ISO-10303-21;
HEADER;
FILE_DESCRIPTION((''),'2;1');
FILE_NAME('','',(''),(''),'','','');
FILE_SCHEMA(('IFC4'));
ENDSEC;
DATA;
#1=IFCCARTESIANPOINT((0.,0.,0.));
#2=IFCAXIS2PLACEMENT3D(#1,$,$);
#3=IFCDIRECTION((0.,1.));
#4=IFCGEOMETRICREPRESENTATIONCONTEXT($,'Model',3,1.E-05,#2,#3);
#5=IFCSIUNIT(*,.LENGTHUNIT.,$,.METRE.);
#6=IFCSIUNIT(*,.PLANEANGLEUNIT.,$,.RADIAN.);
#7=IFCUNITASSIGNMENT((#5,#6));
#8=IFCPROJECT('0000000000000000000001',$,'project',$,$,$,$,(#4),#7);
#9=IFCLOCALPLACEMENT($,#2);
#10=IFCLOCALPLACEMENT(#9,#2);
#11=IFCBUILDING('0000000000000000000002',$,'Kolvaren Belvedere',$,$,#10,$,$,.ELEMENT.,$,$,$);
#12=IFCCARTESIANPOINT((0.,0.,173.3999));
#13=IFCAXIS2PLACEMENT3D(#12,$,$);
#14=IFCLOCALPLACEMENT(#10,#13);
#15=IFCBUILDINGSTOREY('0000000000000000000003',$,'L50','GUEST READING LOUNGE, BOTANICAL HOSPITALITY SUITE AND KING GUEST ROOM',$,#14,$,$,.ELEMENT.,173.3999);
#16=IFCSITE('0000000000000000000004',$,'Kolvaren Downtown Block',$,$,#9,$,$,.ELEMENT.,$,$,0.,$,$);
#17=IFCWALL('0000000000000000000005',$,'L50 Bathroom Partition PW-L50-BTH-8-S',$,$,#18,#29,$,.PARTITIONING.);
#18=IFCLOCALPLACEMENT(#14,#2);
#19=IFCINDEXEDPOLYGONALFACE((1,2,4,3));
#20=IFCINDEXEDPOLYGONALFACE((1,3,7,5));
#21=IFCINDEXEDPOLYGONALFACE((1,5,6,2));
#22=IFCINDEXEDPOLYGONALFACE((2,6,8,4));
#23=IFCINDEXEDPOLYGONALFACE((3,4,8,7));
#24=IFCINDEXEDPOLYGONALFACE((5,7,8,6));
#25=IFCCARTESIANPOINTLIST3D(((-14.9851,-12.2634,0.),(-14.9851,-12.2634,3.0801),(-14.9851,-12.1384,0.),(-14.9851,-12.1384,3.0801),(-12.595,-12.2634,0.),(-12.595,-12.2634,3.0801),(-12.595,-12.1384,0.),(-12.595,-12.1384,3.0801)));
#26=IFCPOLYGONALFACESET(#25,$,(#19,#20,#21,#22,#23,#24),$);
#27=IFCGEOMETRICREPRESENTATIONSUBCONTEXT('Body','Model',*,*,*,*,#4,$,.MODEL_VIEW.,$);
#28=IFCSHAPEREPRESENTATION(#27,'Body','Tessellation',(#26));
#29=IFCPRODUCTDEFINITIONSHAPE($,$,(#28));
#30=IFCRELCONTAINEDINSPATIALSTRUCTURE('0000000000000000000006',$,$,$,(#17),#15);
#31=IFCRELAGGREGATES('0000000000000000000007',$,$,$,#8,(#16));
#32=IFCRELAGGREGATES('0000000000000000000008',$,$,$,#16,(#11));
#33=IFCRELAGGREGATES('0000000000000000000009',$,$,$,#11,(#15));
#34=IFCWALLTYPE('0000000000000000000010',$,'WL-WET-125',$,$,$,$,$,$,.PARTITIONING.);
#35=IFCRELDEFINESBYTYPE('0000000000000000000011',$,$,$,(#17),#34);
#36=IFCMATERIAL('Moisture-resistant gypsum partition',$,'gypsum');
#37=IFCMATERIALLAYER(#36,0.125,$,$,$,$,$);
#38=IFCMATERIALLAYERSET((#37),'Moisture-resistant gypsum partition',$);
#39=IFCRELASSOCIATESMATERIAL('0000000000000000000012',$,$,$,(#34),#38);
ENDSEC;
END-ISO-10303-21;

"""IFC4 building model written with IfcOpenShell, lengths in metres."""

from ifc_helpers import new_model, si_unit, direction, frame, frame_2d, origin, place, context, subcontext, project, spatial, rectangle, extrude, material, layer, layer_set, type_object, element, save


model = new_model("IFC4")

# Units and contexts
model_context = context("Model", 3, precision=1e-05, world=origin(), true_north=direction((0.0, 1.0)))
body_context = subcontext(model_context, "Body", "Model", "MODEL_VIEW")
ifc_project = project(units=[si_unit("LENGTHUNIT", "METRE"), si_unit("PLANEANGLEUNIT", "RADIAN")], contexts=[model_context])

# Site, building, storey
site_placement = place(None, origin())
site = spatial("IfcSite", under=ifc_project, at=site_placement, Name="Kolvaren Downtown Block", CompositionType="ELEMENT", RefElevation=0.0)
building_placement = place(site_placement, origin())
building = spatial("IfcBuilding", under=site, at=building_placement, Name="Kolvaren Belvedere", CompositionType="ELEMENT")
storey_placement = place(building_placement, frame((0.0, 0.0, 173.3999)))
storey = spatial("IfcBuildingStorey", under=building, at=storey_placement, Name="L50", Description="GUEST READING LOUNGE, BOTANICAL HOSPITALITY SUITE AND KING GUEST ROOM", CompositionType="ELEMENT", Elevation=173.3999)

# Wall
ifc_material_1 = material(Name="Moisture-resistant gypsum partition", Category="gypsum")
ifc_layer_1 = layer(ifc_material_1, 0.125)
ifc_layer_set_1 = layer_set([ifc_layer_1], Name="Moisture-resistant gypsum partition")
wall_type_1 = type_object("IfcWallType", Name="WL-WET-125", PredefinedType="PARTITIONING", material=ifc_layer_set_1)
wall_1_placement = place(storey_placement, frame((-14.9851, -12.2009, 0.0), z_axis=(0.0, 0.0, 1.0), x_axis=(1.0, 0.0, 0.0)))
element("IfcWall", 1, at=wall_1_placement, inside=storey, type_object=wall_type_1, Name="L50 Bathroom Partition PW-L50-BTH-8-S", PredefinedType="PARTITIONING", context=body_context, shape_type="SweptSolid", body=[
    extrude(rectangle(XDim=2.3901, YDim=0.125, at=frame_2d((1.1951, 0.0))), origin(), (0.0, 0.0, 1.0), 3.0801),
])

save(model, "model.ifc")
